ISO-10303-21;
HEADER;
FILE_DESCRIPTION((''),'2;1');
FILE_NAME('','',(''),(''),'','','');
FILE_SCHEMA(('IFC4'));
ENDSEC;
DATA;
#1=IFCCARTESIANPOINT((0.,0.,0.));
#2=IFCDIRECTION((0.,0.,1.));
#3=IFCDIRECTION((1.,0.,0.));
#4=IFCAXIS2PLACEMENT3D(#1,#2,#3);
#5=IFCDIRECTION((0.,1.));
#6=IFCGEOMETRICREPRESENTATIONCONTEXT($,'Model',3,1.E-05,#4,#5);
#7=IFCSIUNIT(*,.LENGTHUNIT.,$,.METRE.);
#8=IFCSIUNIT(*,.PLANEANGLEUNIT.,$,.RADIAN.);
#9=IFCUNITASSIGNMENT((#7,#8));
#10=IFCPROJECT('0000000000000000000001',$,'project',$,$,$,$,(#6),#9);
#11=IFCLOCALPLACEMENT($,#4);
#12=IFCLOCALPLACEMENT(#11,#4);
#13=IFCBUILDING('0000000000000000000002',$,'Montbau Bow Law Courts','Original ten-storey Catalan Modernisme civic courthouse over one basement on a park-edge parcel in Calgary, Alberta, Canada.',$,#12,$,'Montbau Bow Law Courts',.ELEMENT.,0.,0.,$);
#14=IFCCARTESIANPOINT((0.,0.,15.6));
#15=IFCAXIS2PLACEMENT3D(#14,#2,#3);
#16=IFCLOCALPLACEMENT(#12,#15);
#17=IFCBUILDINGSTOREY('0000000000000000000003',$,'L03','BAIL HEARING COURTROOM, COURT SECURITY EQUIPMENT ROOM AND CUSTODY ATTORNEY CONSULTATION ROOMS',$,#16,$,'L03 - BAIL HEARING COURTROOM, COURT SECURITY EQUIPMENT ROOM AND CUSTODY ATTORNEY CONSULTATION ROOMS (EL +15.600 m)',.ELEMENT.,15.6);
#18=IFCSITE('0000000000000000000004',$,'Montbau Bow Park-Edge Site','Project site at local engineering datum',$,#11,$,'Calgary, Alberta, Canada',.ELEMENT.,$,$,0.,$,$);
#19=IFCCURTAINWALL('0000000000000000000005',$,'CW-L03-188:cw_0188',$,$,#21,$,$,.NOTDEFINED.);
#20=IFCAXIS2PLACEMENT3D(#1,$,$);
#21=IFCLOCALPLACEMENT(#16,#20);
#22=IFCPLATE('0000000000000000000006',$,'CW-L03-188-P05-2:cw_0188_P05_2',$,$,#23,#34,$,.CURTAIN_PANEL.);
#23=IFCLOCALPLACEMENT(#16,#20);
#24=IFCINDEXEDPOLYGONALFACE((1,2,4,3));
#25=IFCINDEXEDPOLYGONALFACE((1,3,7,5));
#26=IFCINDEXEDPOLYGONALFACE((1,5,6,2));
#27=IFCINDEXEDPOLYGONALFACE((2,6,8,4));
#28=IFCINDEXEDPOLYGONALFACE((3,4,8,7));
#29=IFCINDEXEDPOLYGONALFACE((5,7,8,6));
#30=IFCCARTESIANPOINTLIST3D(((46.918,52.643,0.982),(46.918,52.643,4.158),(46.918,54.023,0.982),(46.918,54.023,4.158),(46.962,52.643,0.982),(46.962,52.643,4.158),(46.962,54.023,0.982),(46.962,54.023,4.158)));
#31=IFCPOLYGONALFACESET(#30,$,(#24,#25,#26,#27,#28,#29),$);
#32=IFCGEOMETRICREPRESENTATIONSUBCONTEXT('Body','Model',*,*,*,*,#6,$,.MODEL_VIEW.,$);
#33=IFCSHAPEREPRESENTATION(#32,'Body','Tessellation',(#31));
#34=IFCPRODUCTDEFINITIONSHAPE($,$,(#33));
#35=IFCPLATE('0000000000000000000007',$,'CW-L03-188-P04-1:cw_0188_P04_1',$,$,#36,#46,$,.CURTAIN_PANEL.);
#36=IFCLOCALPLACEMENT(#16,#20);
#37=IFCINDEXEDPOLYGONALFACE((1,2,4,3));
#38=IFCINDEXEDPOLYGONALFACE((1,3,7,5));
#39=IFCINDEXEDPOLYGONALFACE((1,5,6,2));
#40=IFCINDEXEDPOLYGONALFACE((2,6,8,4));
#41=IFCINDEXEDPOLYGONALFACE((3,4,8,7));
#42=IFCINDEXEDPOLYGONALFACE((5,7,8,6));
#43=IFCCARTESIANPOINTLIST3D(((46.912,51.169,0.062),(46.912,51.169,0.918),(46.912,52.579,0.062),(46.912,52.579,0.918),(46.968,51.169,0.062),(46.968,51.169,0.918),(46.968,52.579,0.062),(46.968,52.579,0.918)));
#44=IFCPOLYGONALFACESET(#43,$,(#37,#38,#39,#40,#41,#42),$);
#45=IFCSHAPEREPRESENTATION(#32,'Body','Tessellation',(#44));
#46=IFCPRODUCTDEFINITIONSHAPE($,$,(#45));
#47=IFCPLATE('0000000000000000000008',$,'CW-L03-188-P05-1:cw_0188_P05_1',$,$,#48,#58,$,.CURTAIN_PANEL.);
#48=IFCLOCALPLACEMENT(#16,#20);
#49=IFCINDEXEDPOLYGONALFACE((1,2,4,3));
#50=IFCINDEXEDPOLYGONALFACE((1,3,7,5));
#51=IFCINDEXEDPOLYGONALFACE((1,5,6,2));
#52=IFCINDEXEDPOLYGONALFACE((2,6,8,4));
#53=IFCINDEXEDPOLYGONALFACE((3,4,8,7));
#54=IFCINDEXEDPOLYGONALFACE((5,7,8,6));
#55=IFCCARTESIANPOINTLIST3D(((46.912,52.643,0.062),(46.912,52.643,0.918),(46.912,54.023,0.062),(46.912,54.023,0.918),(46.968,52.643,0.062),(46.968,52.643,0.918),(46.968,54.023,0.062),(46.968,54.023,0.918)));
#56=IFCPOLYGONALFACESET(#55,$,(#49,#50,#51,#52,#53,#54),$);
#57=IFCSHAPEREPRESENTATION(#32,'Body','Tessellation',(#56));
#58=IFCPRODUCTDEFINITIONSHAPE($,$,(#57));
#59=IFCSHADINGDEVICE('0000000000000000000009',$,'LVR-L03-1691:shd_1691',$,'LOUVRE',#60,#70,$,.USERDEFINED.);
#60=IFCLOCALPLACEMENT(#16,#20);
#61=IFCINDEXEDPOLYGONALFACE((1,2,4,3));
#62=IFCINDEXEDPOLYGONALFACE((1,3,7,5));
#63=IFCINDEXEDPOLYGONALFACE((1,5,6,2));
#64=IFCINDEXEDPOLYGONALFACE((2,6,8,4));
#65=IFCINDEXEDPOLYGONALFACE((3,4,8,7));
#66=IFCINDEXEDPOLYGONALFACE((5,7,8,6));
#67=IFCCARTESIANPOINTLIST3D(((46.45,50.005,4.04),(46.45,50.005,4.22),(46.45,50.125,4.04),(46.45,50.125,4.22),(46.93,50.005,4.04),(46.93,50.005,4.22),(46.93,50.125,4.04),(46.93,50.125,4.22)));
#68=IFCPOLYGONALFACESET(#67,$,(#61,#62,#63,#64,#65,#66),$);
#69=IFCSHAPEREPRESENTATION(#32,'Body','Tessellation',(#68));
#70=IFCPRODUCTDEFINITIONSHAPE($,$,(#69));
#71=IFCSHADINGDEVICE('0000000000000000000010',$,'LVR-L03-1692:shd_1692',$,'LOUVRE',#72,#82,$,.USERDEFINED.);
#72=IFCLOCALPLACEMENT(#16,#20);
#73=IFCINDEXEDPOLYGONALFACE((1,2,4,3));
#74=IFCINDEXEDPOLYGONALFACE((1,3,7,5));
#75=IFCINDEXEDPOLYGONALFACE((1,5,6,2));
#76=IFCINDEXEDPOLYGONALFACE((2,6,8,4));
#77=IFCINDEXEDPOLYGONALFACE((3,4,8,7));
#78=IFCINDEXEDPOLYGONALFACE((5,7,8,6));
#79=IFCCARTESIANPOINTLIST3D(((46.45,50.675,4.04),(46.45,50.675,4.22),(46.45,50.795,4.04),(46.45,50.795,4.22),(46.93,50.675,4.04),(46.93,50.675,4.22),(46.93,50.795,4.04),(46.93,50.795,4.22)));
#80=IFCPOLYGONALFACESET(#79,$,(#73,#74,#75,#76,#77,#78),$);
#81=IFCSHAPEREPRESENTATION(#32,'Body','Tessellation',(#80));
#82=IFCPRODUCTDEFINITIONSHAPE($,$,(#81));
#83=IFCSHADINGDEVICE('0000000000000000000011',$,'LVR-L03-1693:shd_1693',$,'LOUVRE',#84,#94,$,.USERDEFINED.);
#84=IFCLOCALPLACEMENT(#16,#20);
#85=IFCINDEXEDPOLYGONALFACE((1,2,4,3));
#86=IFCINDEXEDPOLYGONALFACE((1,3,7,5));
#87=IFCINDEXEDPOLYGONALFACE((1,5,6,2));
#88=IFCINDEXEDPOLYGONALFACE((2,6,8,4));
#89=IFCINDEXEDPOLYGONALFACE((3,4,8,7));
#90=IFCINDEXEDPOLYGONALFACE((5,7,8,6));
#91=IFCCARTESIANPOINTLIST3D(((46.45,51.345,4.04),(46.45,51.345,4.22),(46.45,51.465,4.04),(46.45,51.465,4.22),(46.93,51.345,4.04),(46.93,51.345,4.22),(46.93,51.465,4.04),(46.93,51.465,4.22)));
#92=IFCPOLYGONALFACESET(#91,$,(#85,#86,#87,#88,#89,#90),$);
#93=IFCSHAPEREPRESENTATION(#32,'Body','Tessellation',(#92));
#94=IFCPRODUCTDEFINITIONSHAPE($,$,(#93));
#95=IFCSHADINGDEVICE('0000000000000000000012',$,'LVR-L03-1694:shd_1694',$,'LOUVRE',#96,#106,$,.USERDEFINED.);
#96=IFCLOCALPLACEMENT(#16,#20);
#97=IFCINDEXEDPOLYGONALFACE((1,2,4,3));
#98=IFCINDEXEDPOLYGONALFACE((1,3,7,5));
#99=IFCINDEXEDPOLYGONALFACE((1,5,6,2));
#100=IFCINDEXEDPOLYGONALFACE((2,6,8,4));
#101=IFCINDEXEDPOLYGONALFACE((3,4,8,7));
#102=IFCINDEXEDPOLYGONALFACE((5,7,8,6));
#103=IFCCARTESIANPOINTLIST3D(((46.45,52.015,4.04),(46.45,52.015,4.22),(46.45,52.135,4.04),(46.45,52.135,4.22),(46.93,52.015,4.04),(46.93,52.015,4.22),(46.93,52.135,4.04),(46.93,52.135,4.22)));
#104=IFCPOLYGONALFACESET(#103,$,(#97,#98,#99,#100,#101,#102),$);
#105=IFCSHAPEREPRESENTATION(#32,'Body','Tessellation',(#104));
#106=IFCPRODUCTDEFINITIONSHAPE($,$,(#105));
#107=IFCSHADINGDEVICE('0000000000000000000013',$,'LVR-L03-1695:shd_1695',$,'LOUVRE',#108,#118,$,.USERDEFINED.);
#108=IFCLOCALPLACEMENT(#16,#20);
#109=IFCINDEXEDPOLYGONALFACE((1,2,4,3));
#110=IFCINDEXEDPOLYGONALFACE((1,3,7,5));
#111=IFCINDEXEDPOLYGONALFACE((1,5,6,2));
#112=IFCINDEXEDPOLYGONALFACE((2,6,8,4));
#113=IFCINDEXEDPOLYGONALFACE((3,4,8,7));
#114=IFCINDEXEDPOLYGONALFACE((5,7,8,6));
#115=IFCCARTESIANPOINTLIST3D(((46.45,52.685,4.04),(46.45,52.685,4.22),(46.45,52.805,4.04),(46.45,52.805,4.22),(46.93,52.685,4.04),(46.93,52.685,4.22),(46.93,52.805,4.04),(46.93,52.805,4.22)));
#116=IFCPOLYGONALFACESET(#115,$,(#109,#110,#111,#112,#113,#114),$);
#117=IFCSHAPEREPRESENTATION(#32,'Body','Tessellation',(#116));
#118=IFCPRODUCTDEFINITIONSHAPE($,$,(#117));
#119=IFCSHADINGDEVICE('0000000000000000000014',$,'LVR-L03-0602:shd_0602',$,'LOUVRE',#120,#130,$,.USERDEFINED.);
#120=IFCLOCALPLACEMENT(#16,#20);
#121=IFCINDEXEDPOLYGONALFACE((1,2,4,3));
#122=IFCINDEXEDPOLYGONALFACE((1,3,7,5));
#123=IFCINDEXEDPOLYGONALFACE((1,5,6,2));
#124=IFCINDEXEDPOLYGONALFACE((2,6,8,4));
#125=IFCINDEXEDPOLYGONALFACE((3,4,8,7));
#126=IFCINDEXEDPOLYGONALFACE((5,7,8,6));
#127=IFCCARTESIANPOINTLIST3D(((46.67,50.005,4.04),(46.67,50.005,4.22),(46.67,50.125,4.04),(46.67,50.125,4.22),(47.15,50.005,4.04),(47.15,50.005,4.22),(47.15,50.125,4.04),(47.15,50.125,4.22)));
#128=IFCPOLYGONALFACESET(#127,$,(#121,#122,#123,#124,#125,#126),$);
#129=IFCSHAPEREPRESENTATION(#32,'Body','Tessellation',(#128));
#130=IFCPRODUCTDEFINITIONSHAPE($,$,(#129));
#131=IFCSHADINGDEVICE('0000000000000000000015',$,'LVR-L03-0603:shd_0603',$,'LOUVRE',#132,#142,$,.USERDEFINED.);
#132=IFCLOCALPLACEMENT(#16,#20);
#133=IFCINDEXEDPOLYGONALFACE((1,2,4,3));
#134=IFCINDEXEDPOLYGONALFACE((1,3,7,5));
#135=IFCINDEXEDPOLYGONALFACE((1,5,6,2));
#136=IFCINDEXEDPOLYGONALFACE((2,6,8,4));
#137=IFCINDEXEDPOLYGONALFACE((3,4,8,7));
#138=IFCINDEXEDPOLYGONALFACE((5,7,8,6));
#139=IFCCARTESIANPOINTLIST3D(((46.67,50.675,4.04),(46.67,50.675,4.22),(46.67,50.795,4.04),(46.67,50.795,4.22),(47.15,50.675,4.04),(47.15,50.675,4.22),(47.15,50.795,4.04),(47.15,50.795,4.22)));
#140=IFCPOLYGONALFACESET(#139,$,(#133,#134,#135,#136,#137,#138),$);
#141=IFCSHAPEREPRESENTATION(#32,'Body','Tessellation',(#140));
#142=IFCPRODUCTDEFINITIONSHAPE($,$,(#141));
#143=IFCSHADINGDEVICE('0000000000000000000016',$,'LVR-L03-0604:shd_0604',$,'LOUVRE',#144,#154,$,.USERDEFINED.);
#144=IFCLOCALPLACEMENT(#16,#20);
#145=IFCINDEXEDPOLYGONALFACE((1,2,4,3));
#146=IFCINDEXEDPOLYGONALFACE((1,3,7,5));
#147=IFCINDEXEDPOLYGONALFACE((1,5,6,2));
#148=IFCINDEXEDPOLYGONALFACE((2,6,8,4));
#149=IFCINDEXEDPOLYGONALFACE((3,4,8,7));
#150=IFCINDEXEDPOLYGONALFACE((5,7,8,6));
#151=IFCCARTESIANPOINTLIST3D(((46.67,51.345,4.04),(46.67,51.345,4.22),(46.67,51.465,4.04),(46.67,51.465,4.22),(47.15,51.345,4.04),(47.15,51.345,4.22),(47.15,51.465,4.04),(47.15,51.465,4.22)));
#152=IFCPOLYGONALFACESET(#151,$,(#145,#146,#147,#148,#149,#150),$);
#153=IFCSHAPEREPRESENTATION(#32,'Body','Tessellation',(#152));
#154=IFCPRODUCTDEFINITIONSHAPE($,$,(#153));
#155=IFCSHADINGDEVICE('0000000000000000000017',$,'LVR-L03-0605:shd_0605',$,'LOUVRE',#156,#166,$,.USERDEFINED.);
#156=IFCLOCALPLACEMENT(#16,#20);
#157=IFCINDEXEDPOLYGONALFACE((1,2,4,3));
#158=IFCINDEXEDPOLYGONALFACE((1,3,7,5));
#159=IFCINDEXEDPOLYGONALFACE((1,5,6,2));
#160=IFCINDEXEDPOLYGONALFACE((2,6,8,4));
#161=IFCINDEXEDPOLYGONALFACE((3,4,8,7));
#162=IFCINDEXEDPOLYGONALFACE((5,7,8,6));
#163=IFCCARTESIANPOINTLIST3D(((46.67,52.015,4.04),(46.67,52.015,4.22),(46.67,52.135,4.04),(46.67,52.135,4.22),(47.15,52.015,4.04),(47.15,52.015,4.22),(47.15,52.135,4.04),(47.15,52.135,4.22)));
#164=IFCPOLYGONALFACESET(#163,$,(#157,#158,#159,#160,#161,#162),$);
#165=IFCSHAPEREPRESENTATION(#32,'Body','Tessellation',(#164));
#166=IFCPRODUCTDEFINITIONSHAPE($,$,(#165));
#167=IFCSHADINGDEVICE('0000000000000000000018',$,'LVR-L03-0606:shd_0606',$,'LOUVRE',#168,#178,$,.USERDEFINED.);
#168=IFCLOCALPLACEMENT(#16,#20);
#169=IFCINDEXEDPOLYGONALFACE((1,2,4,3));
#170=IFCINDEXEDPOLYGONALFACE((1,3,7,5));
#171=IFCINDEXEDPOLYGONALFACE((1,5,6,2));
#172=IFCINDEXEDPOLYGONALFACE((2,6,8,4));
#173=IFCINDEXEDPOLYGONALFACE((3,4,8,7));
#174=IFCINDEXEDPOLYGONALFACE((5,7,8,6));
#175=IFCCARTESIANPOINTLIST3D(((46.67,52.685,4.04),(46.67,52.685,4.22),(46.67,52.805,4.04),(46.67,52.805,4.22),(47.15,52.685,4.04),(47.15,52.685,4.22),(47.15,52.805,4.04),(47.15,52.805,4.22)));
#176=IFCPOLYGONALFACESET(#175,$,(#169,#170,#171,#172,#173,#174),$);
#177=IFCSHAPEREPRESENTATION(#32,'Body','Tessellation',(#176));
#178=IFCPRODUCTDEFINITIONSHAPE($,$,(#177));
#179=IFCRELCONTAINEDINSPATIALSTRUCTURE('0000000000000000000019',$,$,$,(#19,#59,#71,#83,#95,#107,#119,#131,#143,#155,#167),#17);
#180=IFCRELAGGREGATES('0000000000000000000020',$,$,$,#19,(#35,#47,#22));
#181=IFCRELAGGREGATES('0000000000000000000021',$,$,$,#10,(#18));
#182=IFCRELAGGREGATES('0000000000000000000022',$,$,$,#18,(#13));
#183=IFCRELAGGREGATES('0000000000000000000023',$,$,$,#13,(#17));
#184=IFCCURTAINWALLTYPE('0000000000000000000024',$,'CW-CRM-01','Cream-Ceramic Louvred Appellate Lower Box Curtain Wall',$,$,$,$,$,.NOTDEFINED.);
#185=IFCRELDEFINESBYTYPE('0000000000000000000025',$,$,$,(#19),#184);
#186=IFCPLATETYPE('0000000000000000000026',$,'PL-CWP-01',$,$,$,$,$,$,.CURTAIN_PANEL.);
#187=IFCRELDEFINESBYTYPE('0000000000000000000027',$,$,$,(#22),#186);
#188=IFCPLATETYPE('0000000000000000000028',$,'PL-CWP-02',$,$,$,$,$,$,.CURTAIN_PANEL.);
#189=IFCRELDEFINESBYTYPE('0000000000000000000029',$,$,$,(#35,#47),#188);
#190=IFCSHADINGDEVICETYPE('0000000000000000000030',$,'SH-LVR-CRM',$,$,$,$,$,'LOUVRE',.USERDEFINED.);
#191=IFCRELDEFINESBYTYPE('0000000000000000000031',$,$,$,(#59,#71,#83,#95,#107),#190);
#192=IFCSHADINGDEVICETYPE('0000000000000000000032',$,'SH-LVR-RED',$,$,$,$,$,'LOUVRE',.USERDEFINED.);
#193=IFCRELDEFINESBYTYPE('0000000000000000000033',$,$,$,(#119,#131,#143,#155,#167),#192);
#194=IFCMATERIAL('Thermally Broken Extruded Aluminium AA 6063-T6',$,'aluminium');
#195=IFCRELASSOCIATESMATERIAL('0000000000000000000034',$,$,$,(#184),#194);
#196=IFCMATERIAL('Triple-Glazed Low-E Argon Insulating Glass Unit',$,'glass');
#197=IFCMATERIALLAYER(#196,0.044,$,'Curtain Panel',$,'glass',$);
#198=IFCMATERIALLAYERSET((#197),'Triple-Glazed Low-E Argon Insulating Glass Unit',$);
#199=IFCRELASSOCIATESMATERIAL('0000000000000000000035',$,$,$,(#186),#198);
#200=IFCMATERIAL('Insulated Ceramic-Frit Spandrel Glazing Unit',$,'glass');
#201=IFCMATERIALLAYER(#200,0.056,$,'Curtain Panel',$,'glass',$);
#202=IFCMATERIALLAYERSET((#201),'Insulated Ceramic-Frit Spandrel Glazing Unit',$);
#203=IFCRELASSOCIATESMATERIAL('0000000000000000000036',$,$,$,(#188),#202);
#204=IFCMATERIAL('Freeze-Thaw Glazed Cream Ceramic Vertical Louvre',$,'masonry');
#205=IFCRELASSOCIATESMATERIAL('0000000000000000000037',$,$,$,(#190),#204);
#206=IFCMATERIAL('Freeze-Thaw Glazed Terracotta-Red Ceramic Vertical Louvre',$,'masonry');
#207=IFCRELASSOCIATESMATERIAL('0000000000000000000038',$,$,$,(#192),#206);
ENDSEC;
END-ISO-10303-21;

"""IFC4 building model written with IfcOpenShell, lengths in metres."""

from ifc_helpers import new_model, si_unit, direction, frame, frame_2d, origin_with_axes, origin_2d_with_axis, place, context, subcontext, project, spatial, rectangle, extrude, material, layer, layer_set, type_object, element, aggregate, save


model = new_model("IFC4")

# Units and contexts
model_context = context("Model", 3, precision=1e-05, world=origin_with_axes(), true_north=direction((0.0, 1.0)))
body_context = subcontext(model_context, "Body", "Model", "MODEL_VIEW")
ifc_project = project(units=[si_unit("LENGTHUNIT", "METRE"), si_unit("PLANEANGLEUNIT", "RADIAN")], contexts=[model_context])

# Site, building, storey
site_placement = place(None, origin_with_axes())
site = spatial("IfcSite", under=ifc_project, at=site_placement, Name="Montbau Bow Park-Edge Site", Description="Project site at local engineering datum", LongName="Calgary, Alberta, Canada", CompositionType="ELEMENT", RefElevation=0.0)
building_placement = place(site_placement, origin_with_axes())
building = spatial("IfcBuilding", under=site, at=building_placement, Name="Montbau Bow Law Courts", Description="Original ten-storey Catalan Modernisme civic courthouse over one basement on a park-edge parcel in Calgary, Alberta, Canada.", LongName="Montbau Bow Law Courts", CompositionType="ELEMENT", ElevationOfRefHeight=0.0, ElevationOfTerrain=0.0)
storey_placement = place(building_placement, frame((0.0, 0.0, 15.6), z_axis=(0.0, 0.0, 1.0), x_axis=(1.0, 0.0, 0.0)))
storey = spatial("IfcBuildingStorey", under=building, at=storey_placement, Name="L03", Description="BAIL HEARING COURTROOM, COURT SECURITY EQUIPMENT ROOM AND CUSTODY ATTORNEY CONSULTATION ROOMS", LongName="L03 - BAIL HEARING COURTROOM, COURT SECURITY EQUIPMENT ROOM AND CUSTODY ATTORNEY CONSULTATION ROOMS (EL +15.600 m)", CompositionType="ELEMENT", Elevation=15.6)

# Curtain wall
ifc_material_1 = material(Name="Thermally Broken Extruded Aluminium AA 6063-T6", Category="aluminium")
curtain_wall_type_1 = type_object("IfcCurtainWallType", Name="CW-CRM-01", Description="Cream-Ceramic Louvred Appellate Lower Box Curtain Wall", PredefinedType="NOTDEFINED", material=ifc_material_1)
curtain_wall_1_placement = place(None, frame((46.94, 46.715, 15.6), z_axis=(0.0, 0.0, 1.0), x_axis=(1.0, 0.0, 0.0)))
curtain_wall_1 = element("IfcCurtainWall", 1, at=curtain_wall_1_placement, inside=storey, type_object=curtain_wall_type_1, Name="CW-L03-188:cw_0188", PredefinedType="NOTDEFINED")

# Shared definitions
ifc_material_2 = material(Name="Triple-Glazed Low-E Argon Insulating Glass Unit", Category="glass")
ifc_layer_1 = layer(ifc_material_2, 0.044, Name="Curtain Panel", Category="glass")
ifc_layer_set_1 = layer_set([ifc_layer_1], Name="Triple-Glazed Low-E Argon Insulating Glass Unit")
plate_type_1 = type_object("IfcPlateType", Name="PL-CWP-01", PredefinedType="CURTAIN_PANEL", material=ifc_layer_set_1)

# Plates
plate_1_placement = place(None, frame((46.94, 52.643, 16.582), z_axis=(1.0, 0.0, 0.0), x_axis=(0.0, 1.0, 0.0)))
plate_1 = element("IfcPlate", 2, at=plate_1_placement, type_object=plate_type_1, Name="CW-L03-188-P05-2:cw_0188_P05_2", PredefinedType="CURTAIN_PANEL", context=body_context, shape_type="SweptSolid", body=[
    extrude(rectangle(XDim=1.38, YDim=3.176, at=frame_2d((0.69, 1.588), x_axis=(1.0, 0.0))), frame((0.0, 0.0, -0.022), z_axis=(0.0, 0.0, 1.0), x_axis=(1.0, 0.0, 0.0)), (0.0, 0.0, 1.0), 0.044),
])
ifc_material_3 = material(Name="Insulated Ceramic-Frit Spandrel Glazing Unit", Category="glass")
ifc_layer_2 = layer(ifc_material_3, 0.056, Name="Curtain Panel", Category="glass")
ifc_layer_set_2 = layer_set([ifc_layer_2], Name="Insulated Ceramic-Frit Spandrel Glazing Unit")
plate_type_2 = type_object("IfcPlateType", Name="PL-CWP-02", PredefinedType="CURTAIN_PANEL", material=ifc_layer_set_2)
plate_2_placement = place(None, frame((46.94, 51.169, 15.662), z_axis=(1.0, 0.0, 0.0), x_axis=(0.0, 1.0, 0.0)))
plate_2 = element("IfcPlate", 3, at=plate_2_placement, type_object=plate_type_2, Name="CW-L03-188-P04-1:cw_0188_P04_1", PredefinedType="CURTAIN_PANEL", context=body_context, shape_type="SweptSolid", body=[
    extrude(rectangle(XDim=1.41, YDim=0.856, at=frame_2d((0.705, 0.428), x_axis=(1.0, 0.0))), frame((0.0, 0.0, -0.028), z_axis=(0.0, 0.0, 1.0), x_axis=(1.0, 0.0, 0.0)), (0.0, 0.0, 1.0), 0.056),
])
plate_3_placement = place(None, frame((46.94, 52.643, 15.662), z_axis=(1.0, 0.0, 0.0), x_axis=(0.0, 1.0, 0.0)))
plate_3 = element("IfcPlate", 4, at=plate_3_placement, type_object=plate_type_2, Name="CW-L03-188-P05-1:cw_0188_P05_1", PredefinedType="CURTAIN_PANEL", context=body_context, shape_type="SweptSolid", body=[
    extrude(rectangle(XDim=1.38, YDim=0.856, at=frame_2d((0.69, 0.428), x_axis=(1.0, 0.0))), frame((0.0, 0.0, -0.028), z_axis=(0.0, 0.0, 1.0), x_axis=(1.0, 0.0, 0.0)), (0.0, 0.0, 1.0), 0.056),
])
aggregate(curtain_wall_1, [plate_2, plate_3, plate_1])

# Shading devices
ifc_material_4 = material(Name="Freeze-Thaw Glazed Cream Ceramic Vertical Louvre", Category="masonry")
shading_device_type_1 = type_object("IfcShadingDeviceType", Name="SH-LVR-CRM", ElementType="LOUVRE", PredefinedType="USERDEFINED", material=ifc_material_4)
for number, where, z_axis, x_axis, name in (
    (5, (46.69, 50.065, 19.64), (0.0, 0.0, 1.0), (-1.0, 0.0, 0.0), "LVR-L03-1691:shd_1691"),
    (6, (46.69, 50.735, 19.64), (0.0, 0.0, 1.0), (-1.0, 0.0, 0.0), "LVR-L03-1692:shd_1692"),
    (7, (46.69, 51.405, 19.64), (0.0, 0.0, 1.0), (-1.0, 0.0, 0.0), "LVR-L03-1693:shd_1693"),
    (8, (46.69, 52.075, 19.64), (0.0, 0.0, 1.0), (-1.0, 0.0, 0.0), "LVR-L03-1694:shd_1694"),
    (9, (46.69, 52.745, 19.64), (0.0, 0.0, 1.0), (-1.0, 0.0, 0.0), "LVR-L03-1695:shd_1695"),
):
    element("IfcShadingDevice", number, at=place(None, frame(where, z_axis=z_axis, x_axis=x_axis)), inside=storey, type_object=shading_device_type_1, Name=name, ObjectType="LOUVRE", PredefinedType="USERDEFINED", context=body_context, shape_type="SweptSolid", body=[
        extrude(rectangle(XDim=0.48, YDim=0.12, at=origin_2d_with_axis()), origin_with_axes(), (0.0, 0.0, 1.0), 0.18),
    ])
ifc_material_5 = material(Name="Freeze-Thaw Glazed Terracotta-Red Ceramic Vertical Louvre", Category="masonry")
shading_device_type_2 = type_object("IfcShadingDeviceType", Name="SH-LVR-RED", ElementType="LOUVRE", PredefinedType="USERDEFINED", material=ifc_material_5)
for number, where, z_axis, x_axis, name in (
    (10, (46.91, 50.065, 19.64), (0.0, 0.0, 1.0), (1.0, 0.0, 0.0), "LVR-L03-0602:shd_0602"),
    (11, (46.91, 50.735, 19.64), (0.0, 0.0, 1.0), (1.0, 0.0, 0.0), "LVR-L03-0603:shd_0603"),
    (12, (46.91, 51.405, 19.64), (0.0, 0.0, 1.0), (1.0, 0.0, 0.0), "LVR-L03-0604:shd_0604"),
    (13, (46.91, 52.075, 19.64), (0.0, 0.0, 1.0), (1.0, 0.0, 0.0), "LVR-L03-0605:shd_0605"),
    (14, (46.91, 52.745, 19.64), (0.0, 0.0, 1.0), (1.0, 0.0, 0.0), "LVR-L03-0606:shd_0606"),
):
    element("IfcShadingDevice", number, at=place(None, frame(where, z_axis=z_axis, x_axis=x_axis)), inside=storey, type_object=shading_device_type_2, Name=name, ObjectType="LOUVRE", PredefinedType="USERDEFINED", context=body_context, shape_type="SweptSolid", body=[
        extrude(rectangle(XDim=0.48, YDim=0.12, at=origin_2d_with_axis()), origin_with_axes(), (0.0, 0.0, 1.0), 0.18),
    ])

save(model, "model.ifc")
